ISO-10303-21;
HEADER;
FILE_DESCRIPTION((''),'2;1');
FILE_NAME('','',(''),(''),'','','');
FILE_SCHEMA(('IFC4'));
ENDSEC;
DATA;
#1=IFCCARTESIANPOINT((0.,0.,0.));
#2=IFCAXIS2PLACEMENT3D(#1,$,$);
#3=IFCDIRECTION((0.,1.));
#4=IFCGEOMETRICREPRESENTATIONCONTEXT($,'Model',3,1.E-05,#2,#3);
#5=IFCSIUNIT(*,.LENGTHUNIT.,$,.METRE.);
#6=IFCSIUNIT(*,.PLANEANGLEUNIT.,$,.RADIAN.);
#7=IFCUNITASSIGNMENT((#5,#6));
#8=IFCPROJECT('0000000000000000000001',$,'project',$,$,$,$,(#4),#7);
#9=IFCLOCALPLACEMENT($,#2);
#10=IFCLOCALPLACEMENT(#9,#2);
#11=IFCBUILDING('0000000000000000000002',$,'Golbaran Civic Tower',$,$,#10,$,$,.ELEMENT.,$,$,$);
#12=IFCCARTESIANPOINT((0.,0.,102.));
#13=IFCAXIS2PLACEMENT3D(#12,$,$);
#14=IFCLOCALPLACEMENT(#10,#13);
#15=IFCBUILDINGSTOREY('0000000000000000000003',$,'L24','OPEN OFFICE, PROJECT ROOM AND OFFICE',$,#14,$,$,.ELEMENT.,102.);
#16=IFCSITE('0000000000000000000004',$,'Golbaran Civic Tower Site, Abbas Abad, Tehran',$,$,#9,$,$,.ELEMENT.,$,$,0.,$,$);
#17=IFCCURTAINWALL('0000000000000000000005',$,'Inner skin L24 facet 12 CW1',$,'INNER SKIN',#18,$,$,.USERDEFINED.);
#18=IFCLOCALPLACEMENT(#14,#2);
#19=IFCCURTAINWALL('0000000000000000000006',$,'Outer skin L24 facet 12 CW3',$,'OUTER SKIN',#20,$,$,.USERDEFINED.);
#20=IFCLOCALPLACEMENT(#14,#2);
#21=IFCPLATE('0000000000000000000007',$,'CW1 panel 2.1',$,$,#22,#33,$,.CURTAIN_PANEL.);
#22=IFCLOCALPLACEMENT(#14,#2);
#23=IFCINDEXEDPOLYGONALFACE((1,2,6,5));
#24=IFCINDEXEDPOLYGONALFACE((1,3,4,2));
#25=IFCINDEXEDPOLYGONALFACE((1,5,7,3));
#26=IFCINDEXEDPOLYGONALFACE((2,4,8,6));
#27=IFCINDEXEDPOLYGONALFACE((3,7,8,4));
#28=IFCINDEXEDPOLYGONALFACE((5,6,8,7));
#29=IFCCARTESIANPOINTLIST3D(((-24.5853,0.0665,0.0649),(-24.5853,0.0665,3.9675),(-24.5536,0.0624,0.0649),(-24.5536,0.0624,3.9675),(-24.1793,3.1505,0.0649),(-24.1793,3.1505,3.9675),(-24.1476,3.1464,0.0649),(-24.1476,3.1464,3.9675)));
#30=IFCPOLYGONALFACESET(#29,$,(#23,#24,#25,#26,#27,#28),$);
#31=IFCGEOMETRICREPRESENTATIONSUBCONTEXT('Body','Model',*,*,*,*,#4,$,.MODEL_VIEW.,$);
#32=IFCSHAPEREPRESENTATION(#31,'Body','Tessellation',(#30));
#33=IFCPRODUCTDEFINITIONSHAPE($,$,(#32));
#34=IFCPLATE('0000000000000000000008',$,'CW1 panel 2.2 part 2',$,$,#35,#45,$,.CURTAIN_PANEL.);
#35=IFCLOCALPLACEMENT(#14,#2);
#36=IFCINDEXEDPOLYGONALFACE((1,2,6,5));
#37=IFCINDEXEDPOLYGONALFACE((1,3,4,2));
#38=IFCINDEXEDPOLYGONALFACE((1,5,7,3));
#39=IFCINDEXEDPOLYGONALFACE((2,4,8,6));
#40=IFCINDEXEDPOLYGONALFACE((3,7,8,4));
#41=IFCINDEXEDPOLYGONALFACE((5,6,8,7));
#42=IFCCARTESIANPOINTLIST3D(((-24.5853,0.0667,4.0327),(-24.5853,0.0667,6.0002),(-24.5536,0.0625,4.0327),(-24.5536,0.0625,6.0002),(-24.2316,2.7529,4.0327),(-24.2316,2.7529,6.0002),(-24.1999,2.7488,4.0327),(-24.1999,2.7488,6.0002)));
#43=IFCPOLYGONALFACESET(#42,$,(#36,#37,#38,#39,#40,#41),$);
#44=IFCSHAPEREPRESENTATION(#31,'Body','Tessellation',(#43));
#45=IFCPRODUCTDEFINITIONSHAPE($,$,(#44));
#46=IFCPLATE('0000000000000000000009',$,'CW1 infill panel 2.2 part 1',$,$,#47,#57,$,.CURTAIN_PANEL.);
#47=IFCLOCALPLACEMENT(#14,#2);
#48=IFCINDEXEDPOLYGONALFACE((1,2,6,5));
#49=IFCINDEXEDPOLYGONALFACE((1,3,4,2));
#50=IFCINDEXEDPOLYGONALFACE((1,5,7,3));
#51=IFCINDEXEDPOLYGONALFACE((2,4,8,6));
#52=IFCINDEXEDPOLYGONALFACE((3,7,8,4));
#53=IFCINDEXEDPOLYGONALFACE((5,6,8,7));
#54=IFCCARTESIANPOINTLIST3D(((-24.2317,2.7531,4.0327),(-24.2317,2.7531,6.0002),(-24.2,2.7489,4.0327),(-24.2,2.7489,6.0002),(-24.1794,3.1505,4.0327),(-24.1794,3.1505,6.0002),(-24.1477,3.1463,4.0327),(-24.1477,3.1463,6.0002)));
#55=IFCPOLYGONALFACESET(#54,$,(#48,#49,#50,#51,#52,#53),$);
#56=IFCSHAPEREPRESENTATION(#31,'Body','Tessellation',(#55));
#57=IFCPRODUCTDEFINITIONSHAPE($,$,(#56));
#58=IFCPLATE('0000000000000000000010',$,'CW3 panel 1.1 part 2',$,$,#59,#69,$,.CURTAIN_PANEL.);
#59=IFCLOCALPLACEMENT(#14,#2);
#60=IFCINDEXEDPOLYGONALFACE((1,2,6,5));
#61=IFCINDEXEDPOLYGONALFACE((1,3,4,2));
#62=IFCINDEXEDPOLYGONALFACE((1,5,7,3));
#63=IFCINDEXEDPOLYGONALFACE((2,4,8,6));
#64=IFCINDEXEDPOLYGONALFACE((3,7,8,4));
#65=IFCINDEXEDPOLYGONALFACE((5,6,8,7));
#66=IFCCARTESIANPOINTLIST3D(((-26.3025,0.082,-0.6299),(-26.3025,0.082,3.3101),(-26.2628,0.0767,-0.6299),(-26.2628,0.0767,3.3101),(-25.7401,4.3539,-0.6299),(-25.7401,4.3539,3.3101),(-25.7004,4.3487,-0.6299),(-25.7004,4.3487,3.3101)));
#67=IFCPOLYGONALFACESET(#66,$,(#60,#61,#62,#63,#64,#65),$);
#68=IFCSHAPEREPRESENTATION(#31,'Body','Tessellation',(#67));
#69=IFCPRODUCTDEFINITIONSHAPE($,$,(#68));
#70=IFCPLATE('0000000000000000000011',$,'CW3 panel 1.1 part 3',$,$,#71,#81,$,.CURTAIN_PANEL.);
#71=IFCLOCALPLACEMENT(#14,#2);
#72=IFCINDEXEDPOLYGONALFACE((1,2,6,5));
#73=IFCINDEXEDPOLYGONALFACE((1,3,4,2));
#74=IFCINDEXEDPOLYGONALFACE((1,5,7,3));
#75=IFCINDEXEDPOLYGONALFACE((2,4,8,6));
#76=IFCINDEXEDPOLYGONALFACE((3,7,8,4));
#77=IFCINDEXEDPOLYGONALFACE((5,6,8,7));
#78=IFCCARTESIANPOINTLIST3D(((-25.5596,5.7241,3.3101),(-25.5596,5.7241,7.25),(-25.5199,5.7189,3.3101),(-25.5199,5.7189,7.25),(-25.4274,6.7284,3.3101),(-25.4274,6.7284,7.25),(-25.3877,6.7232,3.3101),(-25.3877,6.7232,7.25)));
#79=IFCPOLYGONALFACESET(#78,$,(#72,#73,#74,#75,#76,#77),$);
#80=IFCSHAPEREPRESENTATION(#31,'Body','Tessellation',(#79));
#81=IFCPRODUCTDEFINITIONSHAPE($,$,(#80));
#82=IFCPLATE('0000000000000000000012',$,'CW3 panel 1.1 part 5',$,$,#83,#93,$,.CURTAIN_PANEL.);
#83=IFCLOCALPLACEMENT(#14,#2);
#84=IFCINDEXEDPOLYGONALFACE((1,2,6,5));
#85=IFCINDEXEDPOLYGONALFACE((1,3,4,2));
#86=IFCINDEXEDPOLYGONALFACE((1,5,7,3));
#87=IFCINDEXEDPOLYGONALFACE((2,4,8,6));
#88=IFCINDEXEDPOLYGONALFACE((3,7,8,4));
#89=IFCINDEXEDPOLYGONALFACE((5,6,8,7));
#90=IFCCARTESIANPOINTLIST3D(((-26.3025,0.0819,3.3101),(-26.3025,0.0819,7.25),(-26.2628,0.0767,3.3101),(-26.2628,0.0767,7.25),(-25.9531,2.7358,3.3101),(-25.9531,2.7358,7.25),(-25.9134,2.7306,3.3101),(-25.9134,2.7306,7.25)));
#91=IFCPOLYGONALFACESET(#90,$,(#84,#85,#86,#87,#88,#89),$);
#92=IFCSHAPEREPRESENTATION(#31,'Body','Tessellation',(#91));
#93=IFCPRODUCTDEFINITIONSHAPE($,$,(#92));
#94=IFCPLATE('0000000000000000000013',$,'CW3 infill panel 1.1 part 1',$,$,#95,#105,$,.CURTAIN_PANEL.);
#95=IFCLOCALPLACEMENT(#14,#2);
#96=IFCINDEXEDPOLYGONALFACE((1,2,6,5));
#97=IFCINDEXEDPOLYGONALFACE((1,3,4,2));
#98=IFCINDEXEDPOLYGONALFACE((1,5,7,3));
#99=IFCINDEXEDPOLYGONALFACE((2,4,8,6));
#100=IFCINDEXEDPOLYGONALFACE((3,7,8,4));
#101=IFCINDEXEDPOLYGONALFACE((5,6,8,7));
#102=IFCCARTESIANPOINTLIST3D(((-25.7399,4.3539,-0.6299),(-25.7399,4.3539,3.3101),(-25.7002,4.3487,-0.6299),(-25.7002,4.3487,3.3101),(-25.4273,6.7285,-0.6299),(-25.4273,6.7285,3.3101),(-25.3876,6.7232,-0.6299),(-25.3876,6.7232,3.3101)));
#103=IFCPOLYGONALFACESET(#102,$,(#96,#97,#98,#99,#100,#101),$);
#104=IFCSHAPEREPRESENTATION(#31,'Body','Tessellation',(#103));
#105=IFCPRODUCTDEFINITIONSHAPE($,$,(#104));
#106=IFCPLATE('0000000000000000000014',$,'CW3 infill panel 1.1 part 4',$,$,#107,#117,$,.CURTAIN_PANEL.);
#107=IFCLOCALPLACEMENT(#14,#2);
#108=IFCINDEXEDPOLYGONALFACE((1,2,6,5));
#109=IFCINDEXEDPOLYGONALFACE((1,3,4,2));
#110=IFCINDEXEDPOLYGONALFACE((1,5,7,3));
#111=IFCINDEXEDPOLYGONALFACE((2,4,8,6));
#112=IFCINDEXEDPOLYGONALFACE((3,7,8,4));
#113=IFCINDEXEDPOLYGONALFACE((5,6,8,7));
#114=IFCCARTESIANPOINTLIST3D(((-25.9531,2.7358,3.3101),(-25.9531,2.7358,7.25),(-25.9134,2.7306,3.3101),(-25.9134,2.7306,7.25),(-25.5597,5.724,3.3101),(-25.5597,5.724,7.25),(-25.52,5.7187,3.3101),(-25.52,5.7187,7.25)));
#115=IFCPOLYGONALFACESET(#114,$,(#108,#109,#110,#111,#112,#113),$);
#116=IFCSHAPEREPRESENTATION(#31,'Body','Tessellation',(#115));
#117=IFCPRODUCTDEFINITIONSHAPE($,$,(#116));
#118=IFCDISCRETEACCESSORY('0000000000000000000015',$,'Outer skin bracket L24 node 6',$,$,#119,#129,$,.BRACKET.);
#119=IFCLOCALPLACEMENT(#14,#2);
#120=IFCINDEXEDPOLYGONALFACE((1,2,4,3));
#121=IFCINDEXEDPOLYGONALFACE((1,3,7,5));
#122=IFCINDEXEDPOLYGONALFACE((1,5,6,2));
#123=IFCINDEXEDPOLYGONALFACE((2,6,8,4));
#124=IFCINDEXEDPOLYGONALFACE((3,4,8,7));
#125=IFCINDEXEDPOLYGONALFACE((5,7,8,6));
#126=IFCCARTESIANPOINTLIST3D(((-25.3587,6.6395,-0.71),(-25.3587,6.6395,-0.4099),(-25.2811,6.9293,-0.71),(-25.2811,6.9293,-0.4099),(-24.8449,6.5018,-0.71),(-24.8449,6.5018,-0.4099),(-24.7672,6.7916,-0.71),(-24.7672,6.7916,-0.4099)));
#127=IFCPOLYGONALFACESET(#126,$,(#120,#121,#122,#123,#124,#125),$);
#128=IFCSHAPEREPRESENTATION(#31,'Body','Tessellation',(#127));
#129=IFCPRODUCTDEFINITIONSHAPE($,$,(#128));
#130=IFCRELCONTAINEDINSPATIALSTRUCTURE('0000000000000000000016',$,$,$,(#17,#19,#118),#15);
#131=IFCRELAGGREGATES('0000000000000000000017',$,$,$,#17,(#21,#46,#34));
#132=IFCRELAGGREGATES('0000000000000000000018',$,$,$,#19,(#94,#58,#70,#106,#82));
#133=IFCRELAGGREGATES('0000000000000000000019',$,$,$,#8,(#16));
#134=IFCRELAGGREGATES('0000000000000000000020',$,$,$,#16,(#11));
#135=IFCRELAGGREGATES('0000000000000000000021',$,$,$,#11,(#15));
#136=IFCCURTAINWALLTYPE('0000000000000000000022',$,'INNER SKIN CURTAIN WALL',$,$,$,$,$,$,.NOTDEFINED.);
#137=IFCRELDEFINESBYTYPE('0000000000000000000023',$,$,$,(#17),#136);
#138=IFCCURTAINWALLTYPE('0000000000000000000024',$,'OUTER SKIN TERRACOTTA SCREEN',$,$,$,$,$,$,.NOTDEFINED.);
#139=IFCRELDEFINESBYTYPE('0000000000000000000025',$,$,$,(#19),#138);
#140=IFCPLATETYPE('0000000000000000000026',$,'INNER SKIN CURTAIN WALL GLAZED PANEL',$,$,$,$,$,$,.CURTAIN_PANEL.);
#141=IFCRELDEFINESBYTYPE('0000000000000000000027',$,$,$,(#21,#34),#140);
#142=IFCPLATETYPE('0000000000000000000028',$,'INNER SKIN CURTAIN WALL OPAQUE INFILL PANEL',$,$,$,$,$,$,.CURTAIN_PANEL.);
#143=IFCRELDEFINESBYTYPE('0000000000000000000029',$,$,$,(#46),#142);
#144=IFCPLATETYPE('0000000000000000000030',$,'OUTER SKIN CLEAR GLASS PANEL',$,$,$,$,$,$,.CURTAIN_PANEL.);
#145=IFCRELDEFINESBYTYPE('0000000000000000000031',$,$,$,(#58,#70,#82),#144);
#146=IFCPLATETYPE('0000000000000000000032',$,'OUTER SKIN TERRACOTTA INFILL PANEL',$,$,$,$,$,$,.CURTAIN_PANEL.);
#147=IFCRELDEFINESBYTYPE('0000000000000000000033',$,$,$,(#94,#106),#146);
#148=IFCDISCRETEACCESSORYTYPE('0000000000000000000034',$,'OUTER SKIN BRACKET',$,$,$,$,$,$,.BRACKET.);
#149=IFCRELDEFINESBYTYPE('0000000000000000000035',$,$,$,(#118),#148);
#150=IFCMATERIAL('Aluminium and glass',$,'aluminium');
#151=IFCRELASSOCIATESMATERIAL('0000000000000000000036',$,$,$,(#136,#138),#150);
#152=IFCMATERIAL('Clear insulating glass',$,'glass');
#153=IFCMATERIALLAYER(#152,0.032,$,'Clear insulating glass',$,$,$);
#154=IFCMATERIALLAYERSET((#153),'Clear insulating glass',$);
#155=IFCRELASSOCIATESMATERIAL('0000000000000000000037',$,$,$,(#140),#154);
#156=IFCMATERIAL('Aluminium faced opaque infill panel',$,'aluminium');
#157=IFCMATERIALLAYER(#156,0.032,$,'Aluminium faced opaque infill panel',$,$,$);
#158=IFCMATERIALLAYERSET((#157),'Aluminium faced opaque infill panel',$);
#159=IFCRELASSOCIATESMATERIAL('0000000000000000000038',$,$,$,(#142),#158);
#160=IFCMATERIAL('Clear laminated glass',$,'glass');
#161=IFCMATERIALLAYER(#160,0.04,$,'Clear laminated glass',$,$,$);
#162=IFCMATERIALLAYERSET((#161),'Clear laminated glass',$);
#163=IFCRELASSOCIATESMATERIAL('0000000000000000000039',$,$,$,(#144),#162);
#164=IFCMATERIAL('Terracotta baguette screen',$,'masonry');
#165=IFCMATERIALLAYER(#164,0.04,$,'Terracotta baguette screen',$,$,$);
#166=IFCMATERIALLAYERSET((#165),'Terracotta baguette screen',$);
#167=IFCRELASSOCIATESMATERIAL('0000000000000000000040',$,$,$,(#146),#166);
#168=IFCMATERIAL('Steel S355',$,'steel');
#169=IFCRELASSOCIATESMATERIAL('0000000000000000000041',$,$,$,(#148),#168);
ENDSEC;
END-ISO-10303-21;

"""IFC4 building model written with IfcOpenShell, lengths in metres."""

from ifc_helpers import new_model, si_unit, direction, frame, origin, origin_2d, place, context, subcontext, project, spatial, rectangle, extrude, material, layer, layer_set, type_object, element, aggregate, save


model = new_model("IFC4")

# Units and contexts
model_context = context("Model", 3, precision=1e-05, world=origin(), true_north=direction((0.0, 1.0)))
body_context = subcontext(model_context, "Body", "Model", "MODEL_VIEW")
ifc_project = project(units=[si_unit("LENGTHUNIT", "METRE"), si_unit("PLANEANGLEUNIT", "RADIAN")], contexts=[model_context])

# Site, building, storey
site_placement = place(None, origin())
site = spatial("IfcSite", under=ifc_project, at=site_placement, Name="Golbaran Civic Tower Site, Abbas Abad, Tehran", CompositionType="ELEMENT", RefElevation=0.0)
building_placement = place(site_placement, origin())
building = spatial("IfcBuilding", under=site, at=building_placement, Name="Golbaran Civic Tower", CompositionType="ELEMENT")
storey_placement = place(building_placement, frame((0.0, 0.0, 102.0)))
storey = spatial("IfcBuildingStorey", under=building, at=storey_placement, Name="L24", Description="OPEN OFFICE, PROJECT ROOM AND OFFICE", CompositionType="ELEMENT", Elevation=102.0)

# Shared definitions
ifc_material_1 = material(Name="Steel S355", Category="steel")

# Curtain wall
ifc_material_2 = material(Name="Aluminium and glass", Category="aluminium")
curtain_wall_type_1 = type_object("IfcCurtainWallType", Name="INNER SKIN CURTAIN WALL", PredefinedType="NOTDEFINED", material=ifc_material_2)
curtain_wall_1_placement = place(storey_placement, origin())
curtain_wall_1 = element("IfcCurtainWall", 1, at=curtain_wall_1_placement, inside=storey, type_object=curtain_wall_type_1, Name="Inner skin L24 facet 12 CW1", ObjectType="INNER SKIN", PredefinedType="USERDEFINED")

# Shared definitions
curtain_wall_type_2 = type_object("IfcCurtainWallType", Name="OUTER SKIN TERRACOTTA SCREEN", PredefinedType="NOTDEFINED", material=ifc_material_2)

# Curtain wall
curtain_wall_2_placement = place(storey_placement, origin())
curtain_wall_2 = element("IfcCurtainWall", 2, at=curtain_wall_2_placement, inside=storey, type_object=curtain_wall_type_2, Name="Outer skin L24 facet 12 CW3", ObjectType="OUTER SKIN", PredefinedType="USERDEFINED")

# Plates
ifc_material_3 = material(Name="Clear insulating glass", Category="glass")
ifc_layer_1 = layer(ifc_material_3, 0.032, Name="Clear insulating glass")
ifc_layer_set_1 = layer_set([ifc_layer_1], Name="Clear insulating glass")
plate_type_1 = type_object("IfcPlateType", Name="INNER SKIN CURTAIN WALL GLAZED PANEL", PredefinedType="CURTAIN_PANEL", material=ifc_layer_set_1)
plate_1_placement = place(storey_placement, frame((-24.3665, 1.6064, 0.0649), z_axis=(0.0, 0.0, 1.0), x_axis=(-0.130526, -0.991445, 0.0)))
plate_1 = element("IfcPlate", 3, at=plate_1_placement, type_object=plate_type_1, Name="CW1 panel 2.1", PredefinedType="CURTAIN_PANEL", context=body_context, shape_type="SweptSolid", body=[
    extrude(rectangle(XDim=3.1106, YDim=0.032, at=origin_2d()), origin(), (0.0, 0.0, 1.0), 3.9026),
])
plate_2_placement = place(storey_placement, frame((-24.3926, 1.4077, 4.0327), z_axis=(0.0, 0.0, 1.0), x_axis=(-0.130526, -0.991445, 0.0)))
plate_2 = element("IfcPlate", 4, at=plate_2_placement, type_object=plate_type_1, Name="CW1 panel 2.2 part 2", PredefinedType="CURTAIN_PANEL", context=body_context, shape_type="SweptSolid", body=[
    extrude(rectangle(XDim=2.7095, YDim=0.032, at=origin_2d()), origin(), (0.0, 0.0, 1.0), 1.9675),
])
ifc_material_4 = material(Name="Aluminium faced opaque infill panel", Category="aluminium")
ifc_layer_2 = layer(ifc_material_4, 0.032, Name="Aluminium faced opaque infill panel")
ifc_layer_set_2 = layer_set([ifc_layer_2], Name="Aluminium faced opaque infill panel")
plate_type_2 = type_object("IfcPlateType", Name="INNER SKIN CURTAIN WALL OPAQUE INFILL PANEL", PredefinedType="CURTAIN_PANEL", material=ifc_layer_set_2)
plate_3_placement = place(storey_placement, frame((-24.1897, 2.9497, 4.0327), z_axis=(0.0, 0.0, 1.0), x_axis=(-0.130526, -0.991445, 0.0)))
plate_3 = element("IfcPlate", 5, at=plate_3_placement, type_object=plate_type_2, Name="CW1 infill panel 2.2 part 1", PredefinedType="CURTAIN_PANEL", context=body_context, shape_type="SweptSolid", body=[
    extrude(rectangle(XDim=0.4009, YDim=0.032, at=origin_2d()), origin(), (0.0, 0.0, 1.0), 1.9675),
])
aggregate(curtain_wall_1, [plate_1, plate_3, plate_2])
ifc_material_5 = material(Name="Clear laminated glass", Category="glass")
ifc_layer_3 = layer(ifc_material_5, 0.04, Name="Clear laminated glass")
ifc_layer_set_3 = layer_set([ifc_layer_3], Name="Clear laminated glass")
plate_type_3 = type_object("IfcPlateType", Name="OUTER SKIN CLEAR GLASS PANEL", PredefinedType="CURTAIN_PANEL", material=ifc_layer_set_3)
plate_4_placement = place(storey_placement, frame((-26.0015, 2.2153, -0.6299), z_axis=(0.0, 0.0, 1.0), x_axis=(-0.130526, -0.991445, 0.0)))
plate_4 = element("IfcPlate", 6, at=plate_4_placement, type_object=plate_type_3, Name="CW3 panel 1.1 part 2", PredefinedType="CURTAIN_PANEL", context=body_context, shape_type="SweptSolid", body=[
    extrude(rectangle(XDim=4.3088, YDim=0.04, at=origin_2d()), origin(), (0.0, 0.0, 1.0), 3.9399),
])
plate_5_placement = place(storey_placement, frame((-25.4736, 6.2236, 3.3101), z_axis=(0.0, 0.0, 1.0), x_axis=(-0.130526, -0.991445, 0.0)))
plate_5 = element("IfcPlate", 7, at=plate_5_placement, type_object=plate_type_3, Name="CW3 panel 1.1 part 3", PredefinedType="CURTAIN_PANEL", context=body_context, shape_type="SweptSolid", body=[
    extrude(rectangle(XDim=1.0129, YDim=0.04, at=origin_2d()), origin(), (0.0, 0.0, 1.0), 3.9399),
])
plate_6_placement = place(storey_placement, frame((-26.1079, 1.4062, 3.3101), z_axis=(0.0, 0.0, 1.0), x_axis=(-0.130526, -0.991445, 0.0)))
plate_6 = element("IfcPlate", 8, at=plate_6_placement, type_object=plate_type_3, Name="CW3 panel 1.1 part 5", PredefinedType="CURTAIN_PANEL", context=body_context, shape_type="SweptSolid", body=[
    extrude(rectangle(XDim=2.6768, YDim=0.04, at=origin_2d()), origin(), (0.0, 0.0, 1.0), 3.9399),
])
ifc_material_6 = material(Name="Terracotta baguette screen", Category="masonry")
ifc_layer_4 = layer(ifc_material_6, 0.04, Name="Terracotta baguette screen")
ifc_layer_set_4 = layer_set([ifc_layer_4], Name="Terracotta baguette screen")
plate_type_4 = type_object("IfcPlateType", Name="OUTER SKIN TERRACOTTA INFILL PANEL", PredefinedType="CURTAIN_PANEL", material=ifc_layer_set_4)
plate_7_placement = place(storey_placement, frame((-25.5637, 5.5386, -0.6299), z_axis=(0.0, 0.0, 1.0), x_axis=(-0.130526, -0.991445, 0.0)))
plate_7 = element("IfcPlate", 9, at=plate_7_placement, type_object=plate_type_4, Name="CW3 infill panel 1.1 part 1", PredefinedType="CURTAIN_PANEL", context=body_context, shape_type="SweptSolid", body=[
    extrude(rectangle(XDim=2.395, YDim=0.04, at=origin_2d()), origin(), (0.0, 0.0, 1.0), 3.9399),
])
plate_8_placement = place(storey_placement, frame((-25.7366, 4.2273, 3.3101), z_axis=(0.0, 0.0, 1.0), x_axis=(-0.130526, -0.991445, 0.0)))
plate_8 = element("IfcPlate", 10, at=plate_8_placement, type_object=plate_type_4, Name="CW3 infill panel 1.1 part 4", PredefinedType="CURTAIN_PANEL", context=body_context, shape_type="SweptSolid", body=[
    extrude(rectangle(XDim=3.0139, YDim=0.04, at=origin_2d()), origin(), (0.0, 0.0, 1.0), 3.9399),
])
aggregate(curtain_wall_2, [plate_7, plate_4, plate_5, plate_8, plate_6])

# Discrete accessory
discrete_accessory_type = type_object("IfcDiscreteAccessoryType", Name="OUTER SKIN BRACKET", PredefinedType="BRACKET", material=ifc_material_1)
discrete_accessory_placement = place(storey_placement, frame((-25.063, 6.7156, -0.71), z_axis=(0.0, 0.0, 1.0), x_axis=(-0.965926, 0.258819, 0.0)))
element("IfcDiscreteAccessory", 11, at=discrete_accessory_placement, inside=storey, type_object=discrete_accessory_type, Name="Outer skin bracket L24 node 6", PredefinedType="BRACKET", context=body_context, shape_type="SweptSolid", body=[
    extrude(rectangle(XDim=0.532, YDim=0.3, at=origin_2d()), origin(), (0.0, 0.0, 1.0), 0.3),
])

save(model, "model.ifc")
